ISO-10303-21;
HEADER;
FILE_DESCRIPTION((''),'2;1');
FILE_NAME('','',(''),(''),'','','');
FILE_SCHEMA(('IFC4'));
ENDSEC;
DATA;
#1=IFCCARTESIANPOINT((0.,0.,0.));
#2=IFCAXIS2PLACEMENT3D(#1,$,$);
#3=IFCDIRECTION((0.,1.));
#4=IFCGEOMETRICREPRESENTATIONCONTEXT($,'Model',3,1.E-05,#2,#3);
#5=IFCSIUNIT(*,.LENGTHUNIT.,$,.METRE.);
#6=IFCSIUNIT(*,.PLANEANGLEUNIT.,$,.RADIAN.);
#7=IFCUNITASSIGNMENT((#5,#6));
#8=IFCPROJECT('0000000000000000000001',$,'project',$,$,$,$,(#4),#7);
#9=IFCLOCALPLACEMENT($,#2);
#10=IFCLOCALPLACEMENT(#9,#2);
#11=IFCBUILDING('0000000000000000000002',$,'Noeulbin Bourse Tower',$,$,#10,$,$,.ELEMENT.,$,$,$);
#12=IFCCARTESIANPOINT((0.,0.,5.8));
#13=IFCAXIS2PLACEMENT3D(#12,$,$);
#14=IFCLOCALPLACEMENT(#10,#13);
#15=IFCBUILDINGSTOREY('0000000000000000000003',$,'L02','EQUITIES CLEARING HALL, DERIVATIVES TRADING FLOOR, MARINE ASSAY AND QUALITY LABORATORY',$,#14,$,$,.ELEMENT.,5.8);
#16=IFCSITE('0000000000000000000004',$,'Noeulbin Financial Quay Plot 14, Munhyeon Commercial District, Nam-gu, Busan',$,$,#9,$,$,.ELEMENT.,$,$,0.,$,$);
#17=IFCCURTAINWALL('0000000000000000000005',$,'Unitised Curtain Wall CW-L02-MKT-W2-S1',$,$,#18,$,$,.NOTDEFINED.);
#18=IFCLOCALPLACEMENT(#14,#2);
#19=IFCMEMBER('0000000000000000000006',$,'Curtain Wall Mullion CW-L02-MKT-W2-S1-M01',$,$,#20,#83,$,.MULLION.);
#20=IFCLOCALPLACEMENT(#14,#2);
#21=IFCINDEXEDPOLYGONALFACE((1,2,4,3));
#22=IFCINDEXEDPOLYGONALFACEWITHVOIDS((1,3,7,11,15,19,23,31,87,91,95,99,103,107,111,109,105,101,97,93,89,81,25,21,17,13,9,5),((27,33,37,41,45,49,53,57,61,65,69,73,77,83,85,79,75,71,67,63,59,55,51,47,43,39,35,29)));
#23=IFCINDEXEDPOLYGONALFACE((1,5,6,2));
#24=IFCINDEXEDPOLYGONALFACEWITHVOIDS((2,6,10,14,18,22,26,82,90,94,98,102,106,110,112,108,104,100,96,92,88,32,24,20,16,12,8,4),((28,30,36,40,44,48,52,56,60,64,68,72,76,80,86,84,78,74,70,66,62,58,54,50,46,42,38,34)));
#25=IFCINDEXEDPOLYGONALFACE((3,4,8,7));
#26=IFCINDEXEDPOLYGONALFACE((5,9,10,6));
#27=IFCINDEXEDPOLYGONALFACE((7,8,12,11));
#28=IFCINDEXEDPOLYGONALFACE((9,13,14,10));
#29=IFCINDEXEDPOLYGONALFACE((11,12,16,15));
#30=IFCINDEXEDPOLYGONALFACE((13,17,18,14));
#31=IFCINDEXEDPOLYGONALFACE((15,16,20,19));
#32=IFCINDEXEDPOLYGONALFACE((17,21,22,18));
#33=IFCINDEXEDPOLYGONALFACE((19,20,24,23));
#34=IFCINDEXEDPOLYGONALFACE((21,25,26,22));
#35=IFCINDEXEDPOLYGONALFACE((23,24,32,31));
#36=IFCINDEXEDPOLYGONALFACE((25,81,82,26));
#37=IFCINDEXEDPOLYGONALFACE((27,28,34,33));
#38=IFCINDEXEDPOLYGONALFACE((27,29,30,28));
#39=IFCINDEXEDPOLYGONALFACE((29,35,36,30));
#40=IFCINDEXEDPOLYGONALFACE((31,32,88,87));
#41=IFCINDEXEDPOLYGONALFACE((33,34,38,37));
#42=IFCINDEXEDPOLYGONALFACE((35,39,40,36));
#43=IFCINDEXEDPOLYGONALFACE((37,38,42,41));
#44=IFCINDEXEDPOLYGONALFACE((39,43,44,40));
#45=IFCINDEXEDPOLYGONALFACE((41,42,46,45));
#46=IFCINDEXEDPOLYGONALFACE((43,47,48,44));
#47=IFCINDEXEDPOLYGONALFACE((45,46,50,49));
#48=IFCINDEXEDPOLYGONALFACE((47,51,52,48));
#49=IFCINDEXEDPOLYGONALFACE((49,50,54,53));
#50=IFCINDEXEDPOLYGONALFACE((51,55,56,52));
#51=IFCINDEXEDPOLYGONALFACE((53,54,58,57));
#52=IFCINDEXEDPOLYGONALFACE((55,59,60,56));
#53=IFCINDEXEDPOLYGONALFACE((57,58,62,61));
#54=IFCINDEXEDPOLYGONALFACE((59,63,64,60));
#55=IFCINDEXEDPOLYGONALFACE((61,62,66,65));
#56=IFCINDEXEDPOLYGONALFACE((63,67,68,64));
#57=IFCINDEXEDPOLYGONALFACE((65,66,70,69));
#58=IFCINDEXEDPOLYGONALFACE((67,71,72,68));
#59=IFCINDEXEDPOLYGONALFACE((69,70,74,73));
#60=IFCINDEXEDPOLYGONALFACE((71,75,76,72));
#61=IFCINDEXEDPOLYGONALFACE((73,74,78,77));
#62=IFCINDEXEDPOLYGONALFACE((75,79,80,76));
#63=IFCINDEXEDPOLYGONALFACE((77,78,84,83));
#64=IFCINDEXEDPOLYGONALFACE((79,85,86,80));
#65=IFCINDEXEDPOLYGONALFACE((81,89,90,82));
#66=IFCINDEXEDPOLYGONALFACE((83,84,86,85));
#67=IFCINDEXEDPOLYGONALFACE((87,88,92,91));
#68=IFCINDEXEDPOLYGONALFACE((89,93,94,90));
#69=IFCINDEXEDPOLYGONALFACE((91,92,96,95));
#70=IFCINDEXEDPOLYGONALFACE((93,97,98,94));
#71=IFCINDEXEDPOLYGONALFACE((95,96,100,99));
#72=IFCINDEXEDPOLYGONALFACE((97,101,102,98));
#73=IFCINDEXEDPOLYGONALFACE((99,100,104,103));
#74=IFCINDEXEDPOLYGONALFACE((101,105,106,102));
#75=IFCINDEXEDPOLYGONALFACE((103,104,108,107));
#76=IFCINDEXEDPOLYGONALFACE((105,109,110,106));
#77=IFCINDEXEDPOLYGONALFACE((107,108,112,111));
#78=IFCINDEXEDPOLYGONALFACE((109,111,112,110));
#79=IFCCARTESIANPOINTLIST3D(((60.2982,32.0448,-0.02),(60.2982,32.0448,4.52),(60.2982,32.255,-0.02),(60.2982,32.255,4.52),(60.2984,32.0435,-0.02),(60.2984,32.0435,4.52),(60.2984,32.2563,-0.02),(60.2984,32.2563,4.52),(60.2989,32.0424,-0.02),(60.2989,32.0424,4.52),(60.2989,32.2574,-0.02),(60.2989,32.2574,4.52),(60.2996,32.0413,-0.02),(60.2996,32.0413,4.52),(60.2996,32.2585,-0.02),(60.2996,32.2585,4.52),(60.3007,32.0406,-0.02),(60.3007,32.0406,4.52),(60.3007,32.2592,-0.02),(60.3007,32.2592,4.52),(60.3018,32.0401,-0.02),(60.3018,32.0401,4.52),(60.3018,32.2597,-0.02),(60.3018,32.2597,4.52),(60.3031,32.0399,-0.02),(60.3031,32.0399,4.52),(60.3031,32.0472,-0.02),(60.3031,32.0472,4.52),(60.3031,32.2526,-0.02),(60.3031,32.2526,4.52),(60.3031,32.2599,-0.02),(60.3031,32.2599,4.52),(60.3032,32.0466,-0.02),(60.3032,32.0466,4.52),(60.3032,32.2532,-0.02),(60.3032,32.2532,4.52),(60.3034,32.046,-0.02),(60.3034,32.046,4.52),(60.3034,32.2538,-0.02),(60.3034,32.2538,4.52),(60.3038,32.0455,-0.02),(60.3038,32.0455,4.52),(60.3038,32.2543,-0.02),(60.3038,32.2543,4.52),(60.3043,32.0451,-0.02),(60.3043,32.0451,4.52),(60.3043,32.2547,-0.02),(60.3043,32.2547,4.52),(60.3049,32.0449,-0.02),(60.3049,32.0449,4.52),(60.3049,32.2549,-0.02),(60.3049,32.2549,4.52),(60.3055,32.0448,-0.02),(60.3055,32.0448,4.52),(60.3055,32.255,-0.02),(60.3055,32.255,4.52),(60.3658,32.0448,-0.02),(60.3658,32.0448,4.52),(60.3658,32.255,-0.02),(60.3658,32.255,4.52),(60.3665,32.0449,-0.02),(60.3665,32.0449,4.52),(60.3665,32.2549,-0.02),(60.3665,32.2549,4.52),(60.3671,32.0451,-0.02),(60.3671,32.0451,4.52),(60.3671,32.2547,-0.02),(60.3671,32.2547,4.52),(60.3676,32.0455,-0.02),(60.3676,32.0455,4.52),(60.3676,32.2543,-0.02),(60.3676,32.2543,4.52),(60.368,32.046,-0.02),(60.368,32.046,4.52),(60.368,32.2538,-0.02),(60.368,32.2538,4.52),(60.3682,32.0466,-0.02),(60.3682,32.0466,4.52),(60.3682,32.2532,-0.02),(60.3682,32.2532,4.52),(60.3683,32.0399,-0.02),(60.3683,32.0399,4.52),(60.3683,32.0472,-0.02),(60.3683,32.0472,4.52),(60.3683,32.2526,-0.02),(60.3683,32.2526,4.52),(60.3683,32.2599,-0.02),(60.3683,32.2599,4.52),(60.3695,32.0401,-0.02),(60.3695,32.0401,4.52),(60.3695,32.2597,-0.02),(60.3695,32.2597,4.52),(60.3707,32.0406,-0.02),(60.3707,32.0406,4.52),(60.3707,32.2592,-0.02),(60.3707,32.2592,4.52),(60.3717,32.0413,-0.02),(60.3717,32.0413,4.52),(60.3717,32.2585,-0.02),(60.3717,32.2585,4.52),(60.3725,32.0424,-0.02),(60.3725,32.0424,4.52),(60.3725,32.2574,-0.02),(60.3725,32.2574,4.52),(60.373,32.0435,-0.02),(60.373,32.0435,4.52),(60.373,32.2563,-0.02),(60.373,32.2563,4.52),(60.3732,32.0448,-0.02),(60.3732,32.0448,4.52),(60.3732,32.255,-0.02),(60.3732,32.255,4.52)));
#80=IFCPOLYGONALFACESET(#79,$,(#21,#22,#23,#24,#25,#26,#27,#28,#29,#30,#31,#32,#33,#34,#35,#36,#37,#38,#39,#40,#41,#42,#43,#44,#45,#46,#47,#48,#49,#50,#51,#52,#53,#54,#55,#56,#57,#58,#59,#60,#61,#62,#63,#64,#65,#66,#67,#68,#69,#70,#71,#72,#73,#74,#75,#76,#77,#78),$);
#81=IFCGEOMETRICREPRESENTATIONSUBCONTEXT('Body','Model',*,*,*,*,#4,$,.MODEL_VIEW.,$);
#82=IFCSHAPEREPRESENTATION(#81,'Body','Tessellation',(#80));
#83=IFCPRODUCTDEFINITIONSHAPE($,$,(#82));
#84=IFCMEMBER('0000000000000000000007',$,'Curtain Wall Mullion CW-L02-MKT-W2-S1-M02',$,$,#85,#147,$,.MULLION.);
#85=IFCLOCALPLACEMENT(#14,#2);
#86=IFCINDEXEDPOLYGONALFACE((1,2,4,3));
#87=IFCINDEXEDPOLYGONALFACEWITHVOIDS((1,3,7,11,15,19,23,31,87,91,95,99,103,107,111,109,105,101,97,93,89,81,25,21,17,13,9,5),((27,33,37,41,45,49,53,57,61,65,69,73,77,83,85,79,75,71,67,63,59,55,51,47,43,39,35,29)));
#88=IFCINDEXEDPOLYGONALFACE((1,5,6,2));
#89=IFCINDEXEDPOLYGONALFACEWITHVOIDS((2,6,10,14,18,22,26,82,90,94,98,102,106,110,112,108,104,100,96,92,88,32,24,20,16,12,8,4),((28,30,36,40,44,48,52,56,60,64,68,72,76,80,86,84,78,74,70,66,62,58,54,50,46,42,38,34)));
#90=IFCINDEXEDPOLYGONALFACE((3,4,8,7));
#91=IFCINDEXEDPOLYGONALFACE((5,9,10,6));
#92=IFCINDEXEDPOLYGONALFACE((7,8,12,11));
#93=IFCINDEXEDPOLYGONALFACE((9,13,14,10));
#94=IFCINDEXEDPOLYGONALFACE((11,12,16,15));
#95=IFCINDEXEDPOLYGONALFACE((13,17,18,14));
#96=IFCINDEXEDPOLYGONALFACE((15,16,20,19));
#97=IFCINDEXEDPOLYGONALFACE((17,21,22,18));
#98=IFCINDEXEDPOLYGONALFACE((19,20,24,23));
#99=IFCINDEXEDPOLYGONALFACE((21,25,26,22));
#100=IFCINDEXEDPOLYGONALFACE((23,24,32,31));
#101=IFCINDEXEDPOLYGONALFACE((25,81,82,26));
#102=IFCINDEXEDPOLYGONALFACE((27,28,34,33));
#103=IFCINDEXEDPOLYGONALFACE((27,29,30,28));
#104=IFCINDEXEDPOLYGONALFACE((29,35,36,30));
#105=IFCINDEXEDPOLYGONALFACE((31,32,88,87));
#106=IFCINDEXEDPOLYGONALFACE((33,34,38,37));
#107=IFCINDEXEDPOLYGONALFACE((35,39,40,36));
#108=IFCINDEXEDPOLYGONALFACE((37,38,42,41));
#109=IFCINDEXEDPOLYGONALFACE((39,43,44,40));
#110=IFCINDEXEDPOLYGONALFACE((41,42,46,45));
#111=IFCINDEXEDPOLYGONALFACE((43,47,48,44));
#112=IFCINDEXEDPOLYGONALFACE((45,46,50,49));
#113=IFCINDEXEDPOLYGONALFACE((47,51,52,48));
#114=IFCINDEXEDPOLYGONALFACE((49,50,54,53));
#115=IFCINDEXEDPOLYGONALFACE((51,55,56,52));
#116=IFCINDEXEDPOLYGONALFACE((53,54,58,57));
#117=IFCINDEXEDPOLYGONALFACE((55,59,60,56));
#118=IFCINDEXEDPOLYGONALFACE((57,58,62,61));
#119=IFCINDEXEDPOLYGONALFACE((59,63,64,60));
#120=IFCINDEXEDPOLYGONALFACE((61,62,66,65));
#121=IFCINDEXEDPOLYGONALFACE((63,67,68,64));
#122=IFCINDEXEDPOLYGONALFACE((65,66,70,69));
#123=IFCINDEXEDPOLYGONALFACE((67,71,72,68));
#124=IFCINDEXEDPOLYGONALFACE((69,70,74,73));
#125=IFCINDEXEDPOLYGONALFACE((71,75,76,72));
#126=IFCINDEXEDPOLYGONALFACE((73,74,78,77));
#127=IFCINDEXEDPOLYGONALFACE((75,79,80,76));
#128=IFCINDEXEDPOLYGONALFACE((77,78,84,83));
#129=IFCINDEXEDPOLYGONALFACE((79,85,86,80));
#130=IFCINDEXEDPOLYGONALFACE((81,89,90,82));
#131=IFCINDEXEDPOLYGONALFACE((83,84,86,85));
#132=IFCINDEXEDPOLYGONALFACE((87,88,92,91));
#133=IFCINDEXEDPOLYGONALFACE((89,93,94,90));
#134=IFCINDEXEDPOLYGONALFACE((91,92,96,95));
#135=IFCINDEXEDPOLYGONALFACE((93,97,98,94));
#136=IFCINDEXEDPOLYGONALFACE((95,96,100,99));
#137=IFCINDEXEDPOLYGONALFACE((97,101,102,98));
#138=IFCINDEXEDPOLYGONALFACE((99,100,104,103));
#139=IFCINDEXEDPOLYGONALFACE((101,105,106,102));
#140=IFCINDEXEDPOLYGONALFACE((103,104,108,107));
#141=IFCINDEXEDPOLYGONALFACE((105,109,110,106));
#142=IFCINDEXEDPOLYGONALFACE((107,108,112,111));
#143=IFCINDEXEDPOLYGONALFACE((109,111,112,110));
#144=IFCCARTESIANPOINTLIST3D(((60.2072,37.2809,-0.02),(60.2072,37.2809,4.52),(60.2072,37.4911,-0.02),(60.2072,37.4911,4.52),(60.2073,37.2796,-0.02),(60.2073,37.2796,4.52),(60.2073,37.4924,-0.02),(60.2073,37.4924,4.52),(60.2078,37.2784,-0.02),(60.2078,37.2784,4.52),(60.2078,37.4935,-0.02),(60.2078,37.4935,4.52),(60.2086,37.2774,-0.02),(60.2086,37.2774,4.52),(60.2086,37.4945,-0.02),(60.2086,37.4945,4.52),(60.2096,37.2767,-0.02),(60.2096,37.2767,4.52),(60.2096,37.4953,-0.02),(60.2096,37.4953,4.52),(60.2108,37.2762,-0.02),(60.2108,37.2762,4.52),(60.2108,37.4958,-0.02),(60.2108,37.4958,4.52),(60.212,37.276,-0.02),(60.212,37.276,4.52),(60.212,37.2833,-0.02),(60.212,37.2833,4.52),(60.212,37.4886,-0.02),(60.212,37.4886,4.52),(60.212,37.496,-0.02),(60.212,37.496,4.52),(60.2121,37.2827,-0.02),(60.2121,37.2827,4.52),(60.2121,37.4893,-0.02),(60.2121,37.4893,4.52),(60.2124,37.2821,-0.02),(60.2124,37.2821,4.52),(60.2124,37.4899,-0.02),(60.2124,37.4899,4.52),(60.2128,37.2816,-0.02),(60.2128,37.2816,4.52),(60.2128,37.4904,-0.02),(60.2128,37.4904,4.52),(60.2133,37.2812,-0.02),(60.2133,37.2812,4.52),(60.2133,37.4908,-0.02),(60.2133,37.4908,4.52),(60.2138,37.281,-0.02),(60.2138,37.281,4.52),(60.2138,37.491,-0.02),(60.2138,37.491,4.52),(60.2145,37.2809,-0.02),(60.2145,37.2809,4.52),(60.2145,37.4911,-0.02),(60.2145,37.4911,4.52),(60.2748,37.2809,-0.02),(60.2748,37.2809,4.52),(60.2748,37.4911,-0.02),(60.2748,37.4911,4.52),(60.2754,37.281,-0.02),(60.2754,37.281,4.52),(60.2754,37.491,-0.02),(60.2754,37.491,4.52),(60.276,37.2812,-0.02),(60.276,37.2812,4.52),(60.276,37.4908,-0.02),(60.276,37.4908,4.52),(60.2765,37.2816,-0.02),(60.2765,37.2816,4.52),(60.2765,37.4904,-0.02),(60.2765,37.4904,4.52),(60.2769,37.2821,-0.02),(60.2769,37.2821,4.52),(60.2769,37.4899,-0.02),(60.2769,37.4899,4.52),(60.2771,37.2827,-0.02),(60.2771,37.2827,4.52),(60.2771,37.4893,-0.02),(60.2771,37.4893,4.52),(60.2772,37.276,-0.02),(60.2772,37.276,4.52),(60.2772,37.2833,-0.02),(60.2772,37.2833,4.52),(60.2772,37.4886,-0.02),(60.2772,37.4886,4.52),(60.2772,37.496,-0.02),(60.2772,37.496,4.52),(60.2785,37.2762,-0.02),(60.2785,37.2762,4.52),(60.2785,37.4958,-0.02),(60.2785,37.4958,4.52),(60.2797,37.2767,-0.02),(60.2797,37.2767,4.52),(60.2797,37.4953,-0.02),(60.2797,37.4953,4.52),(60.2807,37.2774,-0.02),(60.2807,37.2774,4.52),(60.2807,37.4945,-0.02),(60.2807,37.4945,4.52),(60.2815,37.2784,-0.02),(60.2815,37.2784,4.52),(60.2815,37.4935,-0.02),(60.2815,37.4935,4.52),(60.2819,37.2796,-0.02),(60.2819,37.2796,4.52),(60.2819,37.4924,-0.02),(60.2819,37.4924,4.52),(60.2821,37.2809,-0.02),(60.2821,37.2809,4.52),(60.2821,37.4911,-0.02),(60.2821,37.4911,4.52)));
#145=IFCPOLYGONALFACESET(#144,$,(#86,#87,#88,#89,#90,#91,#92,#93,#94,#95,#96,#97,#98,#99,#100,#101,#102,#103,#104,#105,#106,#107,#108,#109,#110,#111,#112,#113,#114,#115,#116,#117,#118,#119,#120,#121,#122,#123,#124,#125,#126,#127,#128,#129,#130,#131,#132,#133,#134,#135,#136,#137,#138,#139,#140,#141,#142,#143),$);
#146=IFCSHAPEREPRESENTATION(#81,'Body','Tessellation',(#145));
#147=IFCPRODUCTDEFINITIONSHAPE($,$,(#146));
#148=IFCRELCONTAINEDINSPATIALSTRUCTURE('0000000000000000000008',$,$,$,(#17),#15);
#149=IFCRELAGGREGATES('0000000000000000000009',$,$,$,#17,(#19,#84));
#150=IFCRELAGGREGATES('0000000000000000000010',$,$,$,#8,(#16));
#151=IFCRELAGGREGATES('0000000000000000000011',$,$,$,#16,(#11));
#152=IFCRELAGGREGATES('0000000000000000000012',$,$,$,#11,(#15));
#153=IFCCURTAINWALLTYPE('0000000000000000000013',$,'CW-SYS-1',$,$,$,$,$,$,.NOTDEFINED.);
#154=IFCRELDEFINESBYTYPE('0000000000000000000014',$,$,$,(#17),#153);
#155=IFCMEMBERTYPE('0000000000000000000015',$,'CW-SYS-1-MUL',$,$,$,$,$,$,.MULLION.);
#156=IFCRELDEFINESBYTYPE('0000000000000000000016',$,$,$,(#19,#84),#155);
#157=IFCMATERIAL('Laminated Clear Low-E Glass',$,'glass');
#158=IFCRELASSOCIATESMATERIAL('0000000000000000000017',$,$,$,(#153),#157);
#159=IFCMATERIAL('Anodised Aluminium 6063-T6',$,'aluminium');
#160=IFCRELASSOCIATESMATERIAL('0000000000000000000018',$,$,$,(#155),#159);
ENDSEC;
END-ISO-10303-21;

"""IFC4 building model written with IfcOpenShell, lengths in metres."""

from ifc_helpers import new_model, si_unit, direction, frame, origin, origin_2d, place, context, subcontext, project, spatial, hollow_rectangle, extrude, material, material_profile, profile_set, type_object, element, aggregate, save


model = new_model("IFC4")

# Units and contexts
model_context = context("Model", 3, precision=1e-05, world=origin(), true_north=direction((0.0, 1.0)))
body_context = subcontext(model_context, "Body", "Model", "MODEL_VIEW")
ifc_project = project(units=[si_unit("LENGTHUNIT", "METRE"), si_unit("PLANEANGLEUNIT", "RADIAN")], contexts=[model_context])

# Site, building, storey
site_placement = place(None, origin())
site = spatial("IfcSite", under=ifc_project, at=site_placement, Name="Noeulbin Financial Quay Plot 14, Munhyeon Commercial District, Nam-gu, Busan", CompositionType="ELEMENT", RefElevation=0.0)
building_placement = place(site_placement, origin())
building = spatial("IfcBuilding", under=site, at=building_placement, Name="Noeulbin Bourse Tower", CompositionType="ELEMENT")
storey_placement = place(building_placement, frame((0.0, 0.0, 5.8)))
storey = spatial("IfcBuildingStorey", under=building, at=storey_placement, Name="L02", Description="EQUITIES CLEARING HALL, DERIVATIVES TRADING FLOOR, MARINE ASSAY AND QUALITY LABORATORY", CompositionType="ELEMENT", Elevation=5.8)

# Curtain wall, members
ifc_material_1 = material(Name="Laminated Clear Low-E Glass", Category="glass")
curtain_wall_type_1 = type_object("IfcCurtainWallType", Name="CW-SYS-1", PredefinedType="NOTDEFINED", material=ifc_material_1)
curtain_wall_1_placement = place(storey_placement, origin())
curtain_wall_1 = element("IfcCurtainWall", 1, at=curtain_wall_1_placement, inside=storey, type_object=curtain_wall_type_1, Name="Unitised Curtain Wall CW-L02-MKT-W2-S1", PredefinedType="NOTDEFINED")
ifc_material_2 = material(Name="Anodised Aluminium 6063-T6", Category="aluminium")
ifc_material_profile_1 = material_profile(ifc_material_2, hollow_rectangle(XDim=0.075, YDim=0.22, WallThickness=0.0049, InnerFilletRadius=0.0024, OuterFilletRadius=0.0049, at=origin_2d()), Name="ALU-MULL-75x220x5", Category="LoadBearing")
ifc_profile_set_1 = profile_set([ifc_material_profile_1], Name="Anodised Aluminium 6063-T6")
member_type_1 = type_object("IfcMemberType", Name="CW-SYS-1-MUL", PredefinedType="MULLION", material=ifc_profile_set_1)
member_1_placement = place(storey_placement, frame((60.3357, 32.1499, -0.02), z_axis=(0.0, 0.0, 1.0), x_axis=(1.0, 0.0, 0.0)))
member_1 = element("IfcMember", 2, at=member_1_placement, type_object=member_type_1, Name="Curtain Wall Mullion CW-L02-MKT-W2-S1-M01", PredefinedType="MULLION", context=body_context, shape_type="SweptSolid", body=[
    extrude(hollow_rectangle(XDim=0.075, YDim=0.22, WallThickness=0.0049, InnerFilletRadius=0.0024, OuterFilletRadius=0.0049, at=origin_2d()), origin(), (0.0, 0.0, 1.0), 4.54),
])
member_2_placement = place(storey_placement, frame((60.2446, 37.386, -0.02), z_axis=(0.0, 0.0, 1.0), x_axis=(1.0, 0.0, 0.0)))
member_2 = element("IfcMember", 3, at=member_2_placement, type_object=member_type_1, Name="Curtain Wall Mullion CW-L02-MKT-W2-S1-M02", PredefinedType="MULLION", context=body_context, shape_type="SweptSolid", body=[
    extrude(hollow_rectangle(XDim=0.075, YDim=0.22, WallThickness=0.0049, InnerFilletRadius=0.0024, OuterFilletRadius=0.0049, at=origin_2d()), origin(), (0.0, 0.0, 1.0), 4.54),
])

aggregate(curtain_wall_1, [member_1, member_2])

save(model, "model.ifc")
